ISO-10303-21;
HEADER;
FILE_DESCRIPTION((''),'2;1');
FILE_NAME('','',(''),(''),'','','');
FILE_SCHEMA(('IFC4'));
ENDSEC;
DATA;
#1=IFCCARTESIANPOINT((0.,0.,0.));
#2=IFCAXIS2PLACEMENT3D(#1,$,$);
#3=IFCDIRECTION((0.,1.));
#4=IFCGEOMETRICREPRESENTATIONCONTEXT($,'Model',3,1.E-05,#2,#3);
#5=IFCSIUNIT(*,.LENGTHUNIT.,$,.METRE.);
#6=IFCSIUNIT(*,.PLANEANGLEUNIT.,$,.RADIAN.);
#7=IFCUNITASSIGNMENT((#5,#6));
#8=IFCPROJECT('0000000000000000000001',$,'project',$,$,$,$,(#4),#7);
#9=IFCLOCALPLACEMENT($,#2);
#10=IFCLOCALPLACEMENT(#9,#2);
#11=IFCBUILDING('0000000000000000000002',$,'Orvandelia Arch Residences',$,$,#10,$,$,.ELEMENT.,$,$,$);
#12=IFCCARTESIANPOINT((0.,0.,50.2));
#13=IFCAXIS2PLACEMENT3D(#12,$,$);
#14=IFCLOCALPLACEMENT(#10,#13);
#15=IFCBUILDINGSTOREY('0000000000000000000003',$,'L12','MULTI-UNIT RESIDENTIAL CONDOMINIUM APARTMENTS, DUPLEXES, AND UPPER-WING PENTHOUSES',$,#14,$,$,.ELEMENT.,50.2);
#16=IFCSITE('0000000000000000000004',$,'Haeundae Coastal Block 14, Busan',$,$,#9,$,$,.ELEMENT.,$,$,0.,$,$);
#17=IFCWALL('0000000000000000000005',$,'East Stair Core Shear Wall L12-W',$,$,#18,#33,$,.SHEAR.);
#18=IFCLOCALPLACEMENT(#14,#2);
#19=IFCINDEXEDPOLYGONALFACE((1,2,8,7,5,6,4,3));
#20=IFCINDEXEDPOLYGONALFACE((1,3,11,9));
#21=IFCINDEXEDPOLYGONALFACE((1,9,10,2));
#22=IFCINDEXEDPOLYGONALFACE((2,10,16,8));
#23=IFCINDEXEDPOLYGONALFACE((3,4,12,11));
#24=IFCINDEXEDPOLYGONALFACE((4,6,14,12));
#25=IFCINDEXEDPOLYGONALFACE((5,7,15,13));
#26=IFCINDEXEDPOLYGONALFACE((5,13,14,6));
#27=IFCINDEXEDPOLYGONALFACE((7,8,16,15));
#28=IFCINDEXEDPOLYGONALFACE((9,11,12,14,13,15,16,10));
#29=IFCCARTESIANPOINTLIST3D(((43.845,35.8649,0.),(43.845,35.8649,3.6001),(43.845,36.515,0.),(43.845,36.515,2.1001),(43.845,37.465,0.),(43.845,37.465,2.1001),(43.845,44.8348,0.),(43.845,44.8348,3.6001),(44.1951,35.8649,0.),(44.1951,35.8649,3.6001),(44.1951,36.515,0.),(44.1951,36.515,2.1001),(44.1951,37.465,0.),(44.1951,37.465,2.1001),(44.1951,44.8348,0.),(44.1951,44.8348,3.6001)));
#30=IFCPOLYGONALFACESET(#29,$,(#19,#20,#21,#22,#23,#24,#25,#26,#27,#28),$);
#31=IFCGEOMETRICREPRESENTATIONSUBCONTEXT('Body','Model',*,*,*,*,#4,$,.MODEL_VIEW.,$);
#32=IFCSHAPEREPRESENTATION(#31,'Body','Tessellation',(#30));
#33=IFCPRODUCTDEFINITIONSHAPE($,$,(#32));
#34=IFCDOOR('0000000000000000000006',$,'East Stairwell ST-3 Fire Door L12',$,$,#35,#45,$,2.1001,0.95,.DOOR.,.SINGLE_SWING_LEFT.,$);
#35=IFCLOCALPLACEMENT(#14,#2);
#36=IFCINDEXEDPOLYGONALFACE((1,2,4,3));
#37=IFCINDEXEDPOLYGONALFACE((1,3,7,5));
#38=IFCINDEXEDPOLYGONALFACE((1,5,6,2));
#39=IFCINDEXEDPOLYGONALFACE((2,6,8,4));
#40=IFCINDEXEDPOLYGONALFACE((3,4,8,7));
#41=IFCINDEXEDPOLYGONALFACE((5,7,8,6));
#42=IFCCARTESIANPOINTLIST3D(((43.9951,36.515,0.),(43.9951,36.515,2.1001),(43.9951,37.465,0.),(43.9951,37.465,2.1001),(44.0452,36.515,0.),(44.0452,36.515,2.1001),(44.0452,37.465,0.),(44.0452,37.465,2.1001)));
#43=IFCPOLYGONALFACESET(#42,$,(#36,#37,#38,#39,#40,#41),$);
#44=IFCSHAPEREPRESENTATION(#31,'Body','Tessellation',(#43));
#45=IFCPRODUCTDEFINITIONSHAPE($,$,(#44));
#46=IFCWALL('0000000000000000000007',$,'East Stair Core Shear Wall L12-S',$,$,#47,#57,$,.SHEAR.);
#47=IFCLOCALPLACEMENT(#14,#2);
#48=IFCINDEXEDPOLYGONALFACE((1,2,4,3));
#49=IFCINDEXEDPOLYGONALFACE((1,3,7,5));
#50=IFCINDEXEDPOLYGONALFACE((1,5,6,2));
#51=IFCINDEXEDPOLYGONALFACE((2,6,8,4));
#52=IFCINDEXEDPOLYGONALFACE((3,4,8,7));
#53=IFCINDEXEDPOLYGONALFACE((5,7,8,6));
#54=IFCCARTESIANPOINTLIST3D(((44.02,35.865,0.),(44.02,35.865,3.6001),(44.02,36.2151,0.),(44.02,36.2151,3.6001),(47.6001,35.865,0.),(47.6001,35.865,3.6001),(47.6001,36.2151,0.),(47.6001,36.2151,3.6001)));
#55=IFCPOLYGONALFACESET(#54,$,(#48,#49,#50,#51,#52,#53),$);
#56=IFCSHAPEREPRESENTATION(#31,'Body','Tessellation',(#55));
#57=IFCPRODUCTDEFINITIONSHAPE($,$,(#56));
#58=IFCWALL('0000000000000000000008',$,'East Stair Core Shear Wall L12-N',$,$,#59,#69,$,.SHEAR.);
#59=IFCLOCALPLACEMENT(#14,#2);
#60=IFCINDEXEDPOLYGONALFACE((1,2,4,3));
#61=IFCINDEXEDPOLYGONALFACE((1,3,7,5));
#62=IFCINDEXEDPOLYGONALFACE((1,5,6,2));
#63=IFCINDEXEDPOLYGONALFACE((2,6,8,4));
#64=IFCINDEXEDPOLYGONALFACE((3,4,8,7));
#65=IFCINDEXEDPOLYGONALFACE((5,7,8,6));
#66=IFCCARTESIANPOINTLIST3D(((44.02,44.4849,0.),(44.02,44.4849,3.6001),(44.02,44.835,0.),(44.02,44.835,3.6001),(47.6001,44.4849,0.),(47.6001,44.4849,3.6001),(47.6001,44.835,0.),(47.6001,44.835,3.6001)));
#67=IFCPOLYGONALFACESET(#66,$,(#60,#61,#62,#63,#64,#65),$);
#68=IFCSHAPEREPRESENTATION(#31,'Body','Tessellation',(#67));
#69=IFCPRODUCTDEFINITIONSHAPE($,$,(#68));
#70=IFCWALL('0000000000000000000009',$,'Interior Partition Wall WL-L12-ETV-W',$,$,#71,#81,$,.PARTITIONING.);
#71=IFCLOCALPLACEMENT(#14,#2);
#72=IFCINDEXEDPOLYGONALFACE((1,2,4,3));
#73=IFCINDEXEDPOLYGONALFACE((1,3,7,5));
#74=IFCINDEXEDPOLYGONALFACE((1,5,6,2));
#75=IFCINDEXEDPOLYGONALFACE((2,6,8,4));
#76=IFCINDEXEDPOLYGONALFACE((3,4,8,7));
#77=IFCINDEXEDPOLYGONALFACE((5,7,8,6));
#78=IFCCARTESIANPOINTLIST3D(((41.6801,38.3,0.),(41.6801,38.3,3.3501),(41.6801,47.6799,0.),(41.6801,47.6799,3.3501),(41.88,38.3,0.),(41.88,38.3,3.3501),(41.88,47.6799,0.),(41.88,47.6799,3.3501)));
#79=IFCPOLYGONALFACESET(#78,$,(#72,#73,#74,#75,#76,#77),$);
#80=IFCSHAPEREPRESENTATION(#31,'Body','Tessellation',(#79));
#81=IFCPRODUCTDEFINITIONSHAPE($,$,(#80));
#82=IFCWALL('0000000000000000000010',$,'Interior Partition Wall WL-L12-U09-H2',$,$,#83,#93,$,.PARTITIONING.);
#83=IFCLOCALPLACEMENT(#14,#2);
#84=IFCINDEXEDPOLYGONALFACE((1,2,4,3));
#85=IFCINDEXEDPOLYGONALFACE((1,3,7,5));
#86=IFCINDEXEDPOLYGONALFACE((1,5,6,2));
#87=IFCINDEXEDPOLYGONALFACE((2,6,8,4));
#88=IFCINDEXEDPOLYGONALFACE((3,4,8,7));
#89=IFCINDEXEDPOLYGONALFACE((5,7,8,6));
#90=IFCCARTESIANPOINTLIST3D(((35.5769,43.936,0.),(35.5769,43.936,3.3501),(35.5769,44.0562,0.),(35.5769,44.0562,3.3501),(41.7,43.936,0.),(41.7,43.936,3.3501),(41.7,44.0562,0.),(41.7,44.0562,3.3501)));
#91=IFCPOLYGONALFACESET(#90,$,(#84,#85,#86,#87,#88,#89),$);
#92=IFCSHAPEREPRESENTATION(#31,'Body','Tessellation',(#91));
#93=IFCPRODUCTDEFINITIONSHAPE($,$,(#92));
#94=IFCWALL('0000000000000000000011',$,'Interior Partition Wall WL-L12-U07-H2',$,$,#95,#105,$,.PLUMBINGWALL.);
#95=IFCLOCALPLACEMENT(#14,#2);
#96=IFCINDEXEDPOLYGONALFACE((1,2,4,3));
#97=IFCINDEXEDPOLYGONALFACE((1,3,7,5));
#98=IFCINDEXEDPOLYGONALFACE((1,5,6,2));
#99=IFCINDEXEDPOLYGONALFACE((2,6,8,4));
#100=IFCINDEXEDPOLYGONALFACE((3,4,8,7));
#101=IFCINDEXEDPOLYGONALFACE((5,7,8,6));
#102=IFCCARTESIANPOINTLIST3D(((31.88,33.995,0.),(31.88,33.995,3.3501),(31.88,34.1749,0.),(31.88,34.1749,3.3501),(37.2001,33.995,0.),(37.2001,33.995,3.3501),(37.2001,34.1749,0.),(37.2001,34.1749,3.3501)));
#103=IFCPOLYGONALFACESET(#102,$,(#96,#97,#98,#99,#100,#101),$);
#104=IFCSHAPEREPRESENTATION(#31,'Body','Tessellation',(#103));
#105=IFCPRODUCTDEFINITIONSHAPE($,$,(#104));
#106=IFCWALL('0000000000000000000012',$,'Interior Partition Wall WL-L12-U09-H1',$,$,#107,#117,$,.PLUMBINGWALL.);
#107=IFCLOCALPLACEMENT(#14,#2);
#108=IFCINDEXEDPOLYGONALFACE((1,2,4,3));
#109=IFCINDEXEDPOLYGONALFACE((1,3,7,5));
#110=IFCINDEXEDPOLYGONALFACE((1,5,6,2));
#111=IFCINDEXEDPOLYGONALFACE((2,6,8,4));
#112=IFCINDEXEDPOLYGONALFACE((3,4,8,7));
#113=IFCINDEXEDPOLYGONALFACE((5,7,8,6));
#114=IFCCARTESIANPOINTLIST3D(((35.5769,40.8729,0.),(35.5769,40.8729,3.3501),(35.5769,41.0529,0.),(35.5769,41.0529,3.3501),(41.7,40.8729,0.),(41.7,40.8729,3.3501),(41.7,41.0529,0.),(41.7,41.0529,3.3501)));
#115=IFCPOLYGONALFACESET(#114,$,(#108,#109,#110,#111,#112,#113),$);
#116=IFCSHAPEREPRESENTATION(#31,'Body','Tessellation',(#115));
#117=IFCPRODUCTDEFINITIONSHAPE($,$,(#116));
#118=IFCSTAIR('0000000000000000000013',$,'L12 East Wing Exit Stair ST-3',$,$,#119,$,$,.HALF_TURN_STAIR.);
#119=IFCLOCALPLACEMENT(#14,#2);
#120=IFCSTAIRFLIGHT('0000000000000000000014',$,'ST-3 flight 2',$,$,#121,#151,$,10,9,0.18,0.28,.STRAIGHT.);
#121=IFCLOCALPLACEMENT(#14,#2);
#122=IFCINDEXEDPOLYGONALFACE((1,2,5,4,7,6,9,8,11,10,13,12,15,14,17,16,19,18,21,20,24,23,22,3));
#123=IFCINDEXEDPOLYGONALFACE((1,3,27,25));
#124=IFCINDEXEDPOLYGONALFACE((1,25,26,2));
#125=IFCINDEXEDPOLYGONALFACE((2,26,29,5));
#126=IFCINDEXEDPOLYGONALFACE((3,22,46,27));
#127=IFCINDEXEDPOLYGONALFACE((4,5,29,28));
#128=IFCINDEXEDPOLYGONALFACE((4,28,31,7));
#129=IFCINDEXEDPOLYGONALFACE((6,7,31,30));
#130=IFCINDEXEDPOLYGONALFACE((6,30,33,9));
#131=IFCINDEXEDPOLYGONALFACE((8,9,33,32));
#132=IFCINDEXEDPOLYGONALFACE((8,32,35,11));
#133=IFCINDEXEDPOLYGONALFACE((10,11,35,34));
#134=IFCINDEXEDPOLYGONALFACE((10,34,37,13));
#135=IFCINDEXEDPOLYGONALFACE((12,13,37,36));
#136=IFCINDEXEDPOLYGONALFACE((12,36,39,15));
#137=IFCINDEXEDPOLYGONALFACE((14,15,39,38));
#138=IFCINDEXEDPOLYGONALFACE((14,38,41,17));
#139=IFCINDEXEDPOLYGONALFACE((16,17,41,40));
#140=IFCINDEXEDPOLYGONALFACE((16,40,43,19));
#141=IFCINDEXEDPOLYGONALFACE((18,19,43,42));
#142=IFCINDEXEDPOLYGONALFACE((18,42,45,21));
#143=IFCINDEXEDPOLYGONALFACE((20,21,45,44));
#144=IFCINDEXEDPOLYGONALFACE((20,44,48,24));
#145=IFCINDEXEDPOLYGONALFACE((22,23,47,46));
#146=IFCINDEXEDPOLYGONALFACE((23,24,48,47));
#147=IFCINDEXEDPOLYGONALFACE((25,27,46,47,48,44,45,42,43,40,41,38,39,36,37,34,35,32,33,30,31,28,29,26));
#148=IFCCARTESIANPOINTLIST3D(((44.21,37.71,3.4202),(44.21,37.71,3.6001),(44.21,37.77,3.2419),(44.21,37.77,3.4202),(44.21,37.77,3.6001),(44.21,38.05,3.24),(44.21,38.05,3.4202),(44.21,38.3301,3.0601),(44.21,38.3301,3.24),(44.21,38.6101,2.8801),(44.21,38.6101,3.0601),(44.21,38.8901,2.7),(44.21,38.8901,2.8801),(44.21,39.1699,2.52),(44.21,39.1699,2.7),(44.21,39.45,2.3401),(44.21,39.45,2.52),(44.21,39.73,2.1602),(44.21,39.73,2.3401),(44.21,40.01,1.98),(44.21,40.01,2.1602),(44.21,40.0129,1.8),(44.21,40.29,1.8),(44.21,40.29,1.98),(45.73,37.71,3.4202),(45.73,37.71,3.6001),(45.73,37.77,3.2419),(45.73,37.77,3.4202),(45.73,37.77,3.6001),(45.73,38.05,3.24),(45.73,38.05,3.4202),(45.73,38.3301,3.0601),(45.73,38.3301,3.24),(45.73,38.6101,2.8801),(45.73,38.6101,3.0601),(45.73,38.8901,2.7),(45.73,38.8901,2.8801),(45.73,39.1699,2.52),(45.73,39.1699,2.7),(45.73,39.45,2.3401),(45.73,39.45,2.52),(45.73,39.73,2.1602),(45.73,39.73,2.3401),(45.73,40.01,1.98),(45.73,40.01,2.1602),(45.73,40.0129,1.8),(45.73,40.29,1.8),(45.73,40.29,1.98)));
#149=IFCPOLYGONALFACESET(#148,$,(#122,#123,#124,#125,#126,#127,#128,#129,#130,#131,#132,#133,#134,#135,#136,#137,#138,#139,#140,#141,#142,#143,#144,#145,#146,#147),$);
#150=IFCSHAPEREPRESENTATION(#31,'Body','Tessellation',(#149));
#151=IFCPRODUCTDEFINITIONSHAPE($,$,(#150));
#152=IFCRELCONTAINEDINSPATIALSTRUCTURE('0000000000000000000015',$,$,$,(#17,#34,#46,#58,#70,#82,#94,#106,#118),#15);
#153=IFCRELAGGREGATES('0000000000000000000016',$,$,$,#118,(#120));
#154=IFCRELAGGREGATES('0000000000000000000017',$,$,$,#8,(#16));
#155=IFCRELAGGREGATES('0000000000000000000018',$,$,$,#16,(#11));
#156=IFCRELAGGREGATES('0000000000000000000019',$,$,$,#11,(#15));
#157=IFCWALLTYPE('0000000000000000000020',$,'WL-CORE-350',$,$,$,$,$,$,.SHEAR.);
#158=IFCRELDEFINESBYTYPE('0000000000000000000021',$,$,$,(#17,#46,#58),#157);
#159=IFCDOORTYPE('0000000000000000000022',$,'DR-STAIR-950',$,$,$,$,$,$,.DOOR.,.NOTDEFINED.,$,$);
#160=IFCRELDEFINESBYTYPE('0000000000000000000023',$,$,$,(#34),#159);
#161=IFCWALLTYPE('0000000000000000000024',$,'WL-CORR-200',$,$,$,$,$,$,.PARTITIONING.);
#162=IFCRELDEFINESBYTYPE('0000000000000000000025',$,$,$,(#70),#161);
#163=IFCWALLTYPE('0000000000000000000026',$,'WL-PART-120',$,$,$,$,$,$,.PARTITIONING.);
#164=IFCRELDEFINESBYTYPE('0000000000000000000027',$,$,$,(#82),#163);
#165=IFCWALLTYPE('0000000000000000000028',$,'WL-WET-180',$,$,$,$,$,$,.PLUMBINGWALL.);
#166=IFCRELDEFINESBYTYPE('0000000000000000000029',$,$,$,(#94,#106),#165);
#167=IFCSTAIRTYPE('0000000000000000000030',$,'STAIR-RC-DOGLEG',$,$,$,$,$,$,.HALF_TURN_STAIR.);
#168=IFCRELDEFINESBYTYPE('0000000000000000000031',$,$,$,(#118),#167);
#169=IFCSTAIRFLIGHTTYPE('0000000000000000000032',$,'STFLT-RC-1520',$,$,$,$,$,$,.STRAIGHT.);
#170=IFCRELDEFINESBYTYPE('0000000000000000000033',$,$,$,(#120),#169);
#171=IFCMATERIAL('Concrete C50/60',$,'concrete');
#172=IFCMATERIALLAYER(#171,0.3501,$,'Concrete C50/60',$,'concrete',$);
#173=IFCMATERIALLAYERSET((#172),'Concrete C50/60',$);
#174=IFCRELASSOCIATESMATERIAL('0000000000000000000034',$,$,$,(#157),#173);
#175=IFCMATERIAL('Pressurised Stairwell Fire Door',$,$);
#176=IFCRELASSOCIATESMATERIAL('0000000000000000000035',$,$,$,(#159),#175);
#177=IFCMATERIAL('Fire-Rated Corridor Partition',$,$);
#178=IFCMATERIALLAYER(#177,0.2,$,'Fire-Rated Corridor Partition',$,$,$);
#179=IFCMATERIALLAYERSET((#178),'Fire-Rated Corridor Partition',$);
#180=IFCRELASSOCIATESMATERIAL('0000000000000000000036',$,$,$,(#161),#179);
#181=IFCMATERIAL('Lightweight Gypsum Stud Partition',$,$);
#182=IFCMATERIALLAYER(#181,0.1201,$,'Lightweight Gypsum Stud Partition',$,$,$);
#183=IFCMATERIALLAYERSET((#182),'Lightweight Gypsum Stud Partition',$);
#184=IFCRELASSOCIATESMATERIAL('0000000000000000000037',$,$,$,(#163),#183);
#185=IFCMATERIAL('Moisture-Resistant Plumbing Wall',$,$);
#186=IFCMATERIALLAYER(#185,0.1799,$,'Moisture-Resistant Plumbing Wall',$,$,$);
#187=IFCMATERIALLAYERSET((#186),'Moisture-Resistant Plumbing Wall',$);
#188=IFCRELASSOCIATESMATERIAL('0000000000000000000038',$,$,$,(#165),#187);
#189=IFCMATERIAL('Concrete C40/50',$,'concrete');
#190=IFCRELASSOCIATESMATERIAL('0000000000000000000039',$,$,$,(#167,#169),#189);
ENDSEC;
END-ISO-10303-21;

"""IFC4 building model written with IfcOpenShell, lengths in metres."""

from ifc_helpers import new_model, si_unit, direction, frame, frame_2d, origin, place, context, subcontext, project, spatial, polyline, rectangle, outline, extrude, material, layer, layer_set, type_object, element, fill, aggregate, save


model = new_model("IFC4")

# Units and contexts
model_context = context("Model", 3, precision=1e-05, world=origin(), true_north=direction((0.0, 1.0)))
body_context = subcontext(model_context, "Body", "Model", "MODEL_VIEW")
ifc_project = project(units=[si_unit("LENGTHUNIT", "METRE"), si_unit("PLANEANGLEUNIT", "RADIAN")], contexts=[model_context])

# Site, building, storey
site_placement = place(None, origin())
site = spatial("IfcSite", under=ifc_project, at=site_placement, Name="Haeundae Coastal Block 14, Busan", CompositionType="ELEMENT", RefElevation=0.0)
building_placement = place(site_placement, origin())
building = spatial("IfcBuilding", under=site, at=building_placement, Name="Orvandelia Arch Residences", CompositionType="ELEMENT")
storey_placement = place(building_placement, frame((0.0, 0.0, 50.2)))
storey = spatial("IfcBuildingStorey", under=building, at=storey_placement, Name="L12", Description="MULTI-UNIT RESIDENTIAL CONDOMINIUM APARTMENTS, DUPLEXES, AND UPPER-WING PENTHOUSES", CompositionType="ELEMENT", Elevation=50.2)

# Wall, opening, door
ifc_material_1 = material(Name="Concrete C50/60", Category="concrete")
ifc_layer_1 = layer(ifc_material_1, 0.3501, Name="Concrete C50/60", Category="concrete")
ifc_layer_set_1 = layer_set([ifc_layer_1], Name="Concrete C50/60")
wall_type_1 = type_object("IfcWallType", Name="WL-CORE-350", PredefinedType="SHEAR", material=ifc_layer_set_1)
wall_1_placement = place(storey_placement, frame((44.02, 35.865, 0.0), z_axis=(0.0, 0.0, 1.0), x_axis=(0.0, 1.0, 0.0)))
wall_1 = element("IfcWall", 1, at=wall_1_placement, inside=storey, type_object=wall_type_1, Name="East Stair Core Shear Wall L12-W", PredefinedType="SHEAR", context=body_context, shape_type="SweptSolid", body=[
    extrude(rectangle(XDim=8.97, YDim=0.3501, at=frame_2d((4.4849, 0.0))), origin(), (0.0, 0.0, 1.0), 3.6001),
])
opening_1_placement = place(wall_1_placement, frame((0.6499, 0.0, 0.0)))
opening_1 = element("IfcOpeningElement", 2, at=opening_1_placement, cuts=wall_1, PredefinedType="OPENING", context=body_context, shape_type="SweptSolid", body=[
    extrude(rectangle(XDim=0.95, YDim=2.1001, at=frame_2d((0.4751, 1.05))), frame((0.0, 0.1851, 0.0), z_axis=(0.0, -1.0, 0.0), x_axis=(1.0, 0.0, 0.0)), (0.0, 0.0, 1.0), 0.3701),
])
ifc_material_2 = material(Name="Pressurised Stairwell Fire Door")
door_type_1 = type_object("IfcDoorType", Name="DR-STAIR-950", OperationType="NOTDEFINED", PredefinedType="DOOR", material=ifc_material_2)
door_1_placement = place(opening_1_placement, origin())
door_1 = element("IfcDoor", 3, at=door_1_placement, inside=storey, type_object=door_type_1, Name="East Stairwell ST-3 Fire Door L12", OperationType="SINGLE_SWING_LEFT", OverallHeight=2.1001, OverallWidth=0.95, PredefinedType="DOOR", context=body_context, shape_type="SweptSolid", body=[
    extrude(rectangle(XDim=0.95, YDim=2.1001, at=frame_2d((0.4751, 1.05))), frame((0.0, 0.0249, 0.0), z_axis=(0.0, -1.0, 0.0), x_axis=(1.0, 0.0, 0.0)), (0.0, 0.0, 1.0), 0.05),
])
fill(opening_1, door_1)

# Walls
for number, where, z_axis, x_axis, name in (
    (4, (44.02, 36.04, 0.0), (0.0, 0.0, 1.0), (1.0, 0.0, 0.0), "East Stair Core Shear Wall L12-S"),
    (5, (44.02, 44.6599, 0.0), (0.0, 0.0, 1.0), (1.0, 0.0, 0.0), "East Stair Core Shear Wall L12-N"),
):
    element("IfcWall", number, at=place(storey_placement, frame(where, z_axis=z_axis, x_axis=x_axis)), inside=storey, type_object=wall_type_1, Name=name, PredefinedType="SHEAR", context=body_context, shape_type="SweptSolid", body=[
        extrude(rectangle(XDim=3.5801, YDim=0.3501, at=frame_2d((1.79, 0.0))), origin(), (0.0, 0.0, 1.0), 3.6001),
    ])
ifc_material_3 = material(Name="Fire-Rated Corridor Partition")
ifc_layer_2 = layer(ifc_material_3, 0.2, Name="Fire-Rated Corridor Partition")
ifc_layer_set_2 = layer_set([ifc_layer_2], Name="Fire-Rated Corridor Partition")
wall_type_2 = type_object("IfcWallType", Name="WL-CORR-200", PredefinedType="PARTITIONING", material=ifc_layer_set_2)
wall_2_placement = place(storey_placement, frame((41.78, 38.3, 0.0), z_axis=(0.0, 0.0, 1.0), x_axis=(0.0, 1.0, 0.0)))
element("IfcWall", 6, at=wall_2_placement, inside=storey, type_object=wall_type_2, Name="Interior Partition Wall WL-L12-ETV-W", PredefinedType="PARTITIONING", context=body_context, shape_type="SweptSolid", body=[
    extrude(rectangle(XDim=9.3799, YDim=0.2, at=frame_2d((4.6899, 0.0))), origin(), (0.0, 0.0, 1.0), 3.3501),
])
ifc_material_4 = material(Name="Lightweight Gypsum Stud Partition")
ifc_layer_3 = layer(ifc_material_4, 0.1201, Name="Lightweight Gypsum Stud Partition")
ifc_layer_set_3 = layer_set([ifc_layer_3], Name="Lightweight Gypsum Stud Partition")
wall_type_3 = type_object("IfcWallType", Name="WL-PART-120", PredefinedType="PARTITIONING", material=ifc_layer_set_3)
wall_3_placement = place(storey_placement, frame((35.5769, 43.9961, 0.0), z_axis=(0.0, 0.0, 1.0), x_axis=(1.0, 0.0, 0.0)))
element("IfcWall", 7, at=wall_3_placement, inside=storey, type_object=wall_type_3, Name="Interior Partition Wall WL-L12-U09-H2", PredefinedType="PARTITIONING", context=body_context, shape_type="SweptSolid", body=[
    extrude(rectangle(XDim=6.123, YDim=0.1201, at=frame_2d((3.0615, 0.0))), origin(), (0.0, 0.0, 1.0), 3.3501),
])
ifc_material_5 = material(Name="Moisture-Resistant Plumbing Wall")
ifc_layer_4 = layer(ifc_material_5, 0.1799, Name="Moisture-Resistant Plumbing Wall")
ifc_layer_set_4 = layer_set([ifc_layer_4], Name="Moisture-Resistant Plumbing Wall")
wall_type_4 = type_object("IfcWallType", Name="WL-WET-180", PredefinedType="PLUMBINGWALL", material=ifc_layer_set_4)
wall_4_placement = place(storey_placement, frame((31.8799, 34.085, 0.0), z_axis=(0.0, 0.0, 1.0), x_axis=(1.0, 0.0, 0.0)))
element("IfcWall", 8, at=wall_4_placement, inside=storey, type_object=wall_type_4, Name="Interior Partition Wall WL-L12-U07-H2", PredefinedType="PLUMBINGWALL", context=body_context, shape_type="SweptSolid", body=[
    extrude(rectangle(XDim=5.3201, YDim=0.1799, at=frame_2d((2.6602, 0.0))), origin(), (0.0, 0.0, 1.0), 3.3501),
])

# Wall
wall_5_placement = place(storey_placement, frame((35.5769, 40.9629, 0.0), z_axis=(0.0, 0.0, 1.0), x_axis=(1.0, 0.0, 0.0)))
element("IfcWall", 9, at=wall_5_placement, inside=storey, type_object=wall_type_4, Name="Interior Partition Wall WL-L12-U09-H1", PredefinedType="PLUMBINGWALL", context=body_context, shape_type="SweptSolid", body=[
    extrude(rectangle(XDim=6.123, YDim=0.1799, at=frame_2d((3.0615, 0.0))), origin(), (0.0, 0.0, 1.0), 3.3501),
])

# Stair, stair flight
ifc_material_6 = material(Name="Concrete C40/50", Category="concrete")
stair_type = type_object("IfcStairType", Name="STAIR-RC-DOGLEG", PredefinedType="HALF_TURN_STAIR", material=ifc_material_6)
stair_placement = place(storey_placement, origin())
stair = element("IfcStair", 10, at=stair_placement, inside=storey, type_object=stair_type, Name="L12 East Wing Exit Stair ST-3", PredefinedType="HALF_TURN_STAIR")
stair_flight_type = type_object("IfcStairFlightType", Name="STFLT-RC-1520", PredefinedType="STRAIGHT", material=ifc_material_6)
stair_flight_placement = place(storey_placement, frame((44.97, 40.29, 1.8), z_axis=(0.0, 0.0, 1.0), x_axis=(0.0, -1.0, 0.0)))
stair_flight = element("IfcStairFlight", 11, at=stair_flight_placement, type_object=stair_flight_type, Name="ST-3 flight 2", NumberOfRisers=10, NumberOfTreads=9, PredefinedType="STRAIGHT", RiserHeight=0.18, TreadLength=0.28, context=body_context, shape_type="SweptSolid", body=[
    extrude(outline(polyline([(0.0, 0.0), (0.0, 0.1799), (0.28, 0.1799), (0.28, 0.3601), (0.5601, 0.3601), (0.5601, 0.54), (0.8401, 0.54), (0.8401, 0.72), (1.1201, 0.72), (1.1201, 0.8999), (1.3999, 0.8999), (1.3999, 1.0801), (1.6799, 1.0801), (1.6799, 1.26), (1.96, 1.26), (1.96, 1.4399), (2.24, 1.4399), (2.24, 1.6201), (2.52, 1.6201), (2.52, 1.8), (2.5801, 1.8), (2.5801, 1.6201), (2.52, 1.4419), (0.2771, 0.0), (0.0, 0.0)])), frame((0.0, 0.76, 0.0), z_axis=(0.0, -1.0, 0.0), x_axis=(1.0, 0.0, 0.0)), (0.0, 0.0, 1.0), 1.52),
])
aggregate(stair, [stair_flight])

save(model, "model.ifc")
